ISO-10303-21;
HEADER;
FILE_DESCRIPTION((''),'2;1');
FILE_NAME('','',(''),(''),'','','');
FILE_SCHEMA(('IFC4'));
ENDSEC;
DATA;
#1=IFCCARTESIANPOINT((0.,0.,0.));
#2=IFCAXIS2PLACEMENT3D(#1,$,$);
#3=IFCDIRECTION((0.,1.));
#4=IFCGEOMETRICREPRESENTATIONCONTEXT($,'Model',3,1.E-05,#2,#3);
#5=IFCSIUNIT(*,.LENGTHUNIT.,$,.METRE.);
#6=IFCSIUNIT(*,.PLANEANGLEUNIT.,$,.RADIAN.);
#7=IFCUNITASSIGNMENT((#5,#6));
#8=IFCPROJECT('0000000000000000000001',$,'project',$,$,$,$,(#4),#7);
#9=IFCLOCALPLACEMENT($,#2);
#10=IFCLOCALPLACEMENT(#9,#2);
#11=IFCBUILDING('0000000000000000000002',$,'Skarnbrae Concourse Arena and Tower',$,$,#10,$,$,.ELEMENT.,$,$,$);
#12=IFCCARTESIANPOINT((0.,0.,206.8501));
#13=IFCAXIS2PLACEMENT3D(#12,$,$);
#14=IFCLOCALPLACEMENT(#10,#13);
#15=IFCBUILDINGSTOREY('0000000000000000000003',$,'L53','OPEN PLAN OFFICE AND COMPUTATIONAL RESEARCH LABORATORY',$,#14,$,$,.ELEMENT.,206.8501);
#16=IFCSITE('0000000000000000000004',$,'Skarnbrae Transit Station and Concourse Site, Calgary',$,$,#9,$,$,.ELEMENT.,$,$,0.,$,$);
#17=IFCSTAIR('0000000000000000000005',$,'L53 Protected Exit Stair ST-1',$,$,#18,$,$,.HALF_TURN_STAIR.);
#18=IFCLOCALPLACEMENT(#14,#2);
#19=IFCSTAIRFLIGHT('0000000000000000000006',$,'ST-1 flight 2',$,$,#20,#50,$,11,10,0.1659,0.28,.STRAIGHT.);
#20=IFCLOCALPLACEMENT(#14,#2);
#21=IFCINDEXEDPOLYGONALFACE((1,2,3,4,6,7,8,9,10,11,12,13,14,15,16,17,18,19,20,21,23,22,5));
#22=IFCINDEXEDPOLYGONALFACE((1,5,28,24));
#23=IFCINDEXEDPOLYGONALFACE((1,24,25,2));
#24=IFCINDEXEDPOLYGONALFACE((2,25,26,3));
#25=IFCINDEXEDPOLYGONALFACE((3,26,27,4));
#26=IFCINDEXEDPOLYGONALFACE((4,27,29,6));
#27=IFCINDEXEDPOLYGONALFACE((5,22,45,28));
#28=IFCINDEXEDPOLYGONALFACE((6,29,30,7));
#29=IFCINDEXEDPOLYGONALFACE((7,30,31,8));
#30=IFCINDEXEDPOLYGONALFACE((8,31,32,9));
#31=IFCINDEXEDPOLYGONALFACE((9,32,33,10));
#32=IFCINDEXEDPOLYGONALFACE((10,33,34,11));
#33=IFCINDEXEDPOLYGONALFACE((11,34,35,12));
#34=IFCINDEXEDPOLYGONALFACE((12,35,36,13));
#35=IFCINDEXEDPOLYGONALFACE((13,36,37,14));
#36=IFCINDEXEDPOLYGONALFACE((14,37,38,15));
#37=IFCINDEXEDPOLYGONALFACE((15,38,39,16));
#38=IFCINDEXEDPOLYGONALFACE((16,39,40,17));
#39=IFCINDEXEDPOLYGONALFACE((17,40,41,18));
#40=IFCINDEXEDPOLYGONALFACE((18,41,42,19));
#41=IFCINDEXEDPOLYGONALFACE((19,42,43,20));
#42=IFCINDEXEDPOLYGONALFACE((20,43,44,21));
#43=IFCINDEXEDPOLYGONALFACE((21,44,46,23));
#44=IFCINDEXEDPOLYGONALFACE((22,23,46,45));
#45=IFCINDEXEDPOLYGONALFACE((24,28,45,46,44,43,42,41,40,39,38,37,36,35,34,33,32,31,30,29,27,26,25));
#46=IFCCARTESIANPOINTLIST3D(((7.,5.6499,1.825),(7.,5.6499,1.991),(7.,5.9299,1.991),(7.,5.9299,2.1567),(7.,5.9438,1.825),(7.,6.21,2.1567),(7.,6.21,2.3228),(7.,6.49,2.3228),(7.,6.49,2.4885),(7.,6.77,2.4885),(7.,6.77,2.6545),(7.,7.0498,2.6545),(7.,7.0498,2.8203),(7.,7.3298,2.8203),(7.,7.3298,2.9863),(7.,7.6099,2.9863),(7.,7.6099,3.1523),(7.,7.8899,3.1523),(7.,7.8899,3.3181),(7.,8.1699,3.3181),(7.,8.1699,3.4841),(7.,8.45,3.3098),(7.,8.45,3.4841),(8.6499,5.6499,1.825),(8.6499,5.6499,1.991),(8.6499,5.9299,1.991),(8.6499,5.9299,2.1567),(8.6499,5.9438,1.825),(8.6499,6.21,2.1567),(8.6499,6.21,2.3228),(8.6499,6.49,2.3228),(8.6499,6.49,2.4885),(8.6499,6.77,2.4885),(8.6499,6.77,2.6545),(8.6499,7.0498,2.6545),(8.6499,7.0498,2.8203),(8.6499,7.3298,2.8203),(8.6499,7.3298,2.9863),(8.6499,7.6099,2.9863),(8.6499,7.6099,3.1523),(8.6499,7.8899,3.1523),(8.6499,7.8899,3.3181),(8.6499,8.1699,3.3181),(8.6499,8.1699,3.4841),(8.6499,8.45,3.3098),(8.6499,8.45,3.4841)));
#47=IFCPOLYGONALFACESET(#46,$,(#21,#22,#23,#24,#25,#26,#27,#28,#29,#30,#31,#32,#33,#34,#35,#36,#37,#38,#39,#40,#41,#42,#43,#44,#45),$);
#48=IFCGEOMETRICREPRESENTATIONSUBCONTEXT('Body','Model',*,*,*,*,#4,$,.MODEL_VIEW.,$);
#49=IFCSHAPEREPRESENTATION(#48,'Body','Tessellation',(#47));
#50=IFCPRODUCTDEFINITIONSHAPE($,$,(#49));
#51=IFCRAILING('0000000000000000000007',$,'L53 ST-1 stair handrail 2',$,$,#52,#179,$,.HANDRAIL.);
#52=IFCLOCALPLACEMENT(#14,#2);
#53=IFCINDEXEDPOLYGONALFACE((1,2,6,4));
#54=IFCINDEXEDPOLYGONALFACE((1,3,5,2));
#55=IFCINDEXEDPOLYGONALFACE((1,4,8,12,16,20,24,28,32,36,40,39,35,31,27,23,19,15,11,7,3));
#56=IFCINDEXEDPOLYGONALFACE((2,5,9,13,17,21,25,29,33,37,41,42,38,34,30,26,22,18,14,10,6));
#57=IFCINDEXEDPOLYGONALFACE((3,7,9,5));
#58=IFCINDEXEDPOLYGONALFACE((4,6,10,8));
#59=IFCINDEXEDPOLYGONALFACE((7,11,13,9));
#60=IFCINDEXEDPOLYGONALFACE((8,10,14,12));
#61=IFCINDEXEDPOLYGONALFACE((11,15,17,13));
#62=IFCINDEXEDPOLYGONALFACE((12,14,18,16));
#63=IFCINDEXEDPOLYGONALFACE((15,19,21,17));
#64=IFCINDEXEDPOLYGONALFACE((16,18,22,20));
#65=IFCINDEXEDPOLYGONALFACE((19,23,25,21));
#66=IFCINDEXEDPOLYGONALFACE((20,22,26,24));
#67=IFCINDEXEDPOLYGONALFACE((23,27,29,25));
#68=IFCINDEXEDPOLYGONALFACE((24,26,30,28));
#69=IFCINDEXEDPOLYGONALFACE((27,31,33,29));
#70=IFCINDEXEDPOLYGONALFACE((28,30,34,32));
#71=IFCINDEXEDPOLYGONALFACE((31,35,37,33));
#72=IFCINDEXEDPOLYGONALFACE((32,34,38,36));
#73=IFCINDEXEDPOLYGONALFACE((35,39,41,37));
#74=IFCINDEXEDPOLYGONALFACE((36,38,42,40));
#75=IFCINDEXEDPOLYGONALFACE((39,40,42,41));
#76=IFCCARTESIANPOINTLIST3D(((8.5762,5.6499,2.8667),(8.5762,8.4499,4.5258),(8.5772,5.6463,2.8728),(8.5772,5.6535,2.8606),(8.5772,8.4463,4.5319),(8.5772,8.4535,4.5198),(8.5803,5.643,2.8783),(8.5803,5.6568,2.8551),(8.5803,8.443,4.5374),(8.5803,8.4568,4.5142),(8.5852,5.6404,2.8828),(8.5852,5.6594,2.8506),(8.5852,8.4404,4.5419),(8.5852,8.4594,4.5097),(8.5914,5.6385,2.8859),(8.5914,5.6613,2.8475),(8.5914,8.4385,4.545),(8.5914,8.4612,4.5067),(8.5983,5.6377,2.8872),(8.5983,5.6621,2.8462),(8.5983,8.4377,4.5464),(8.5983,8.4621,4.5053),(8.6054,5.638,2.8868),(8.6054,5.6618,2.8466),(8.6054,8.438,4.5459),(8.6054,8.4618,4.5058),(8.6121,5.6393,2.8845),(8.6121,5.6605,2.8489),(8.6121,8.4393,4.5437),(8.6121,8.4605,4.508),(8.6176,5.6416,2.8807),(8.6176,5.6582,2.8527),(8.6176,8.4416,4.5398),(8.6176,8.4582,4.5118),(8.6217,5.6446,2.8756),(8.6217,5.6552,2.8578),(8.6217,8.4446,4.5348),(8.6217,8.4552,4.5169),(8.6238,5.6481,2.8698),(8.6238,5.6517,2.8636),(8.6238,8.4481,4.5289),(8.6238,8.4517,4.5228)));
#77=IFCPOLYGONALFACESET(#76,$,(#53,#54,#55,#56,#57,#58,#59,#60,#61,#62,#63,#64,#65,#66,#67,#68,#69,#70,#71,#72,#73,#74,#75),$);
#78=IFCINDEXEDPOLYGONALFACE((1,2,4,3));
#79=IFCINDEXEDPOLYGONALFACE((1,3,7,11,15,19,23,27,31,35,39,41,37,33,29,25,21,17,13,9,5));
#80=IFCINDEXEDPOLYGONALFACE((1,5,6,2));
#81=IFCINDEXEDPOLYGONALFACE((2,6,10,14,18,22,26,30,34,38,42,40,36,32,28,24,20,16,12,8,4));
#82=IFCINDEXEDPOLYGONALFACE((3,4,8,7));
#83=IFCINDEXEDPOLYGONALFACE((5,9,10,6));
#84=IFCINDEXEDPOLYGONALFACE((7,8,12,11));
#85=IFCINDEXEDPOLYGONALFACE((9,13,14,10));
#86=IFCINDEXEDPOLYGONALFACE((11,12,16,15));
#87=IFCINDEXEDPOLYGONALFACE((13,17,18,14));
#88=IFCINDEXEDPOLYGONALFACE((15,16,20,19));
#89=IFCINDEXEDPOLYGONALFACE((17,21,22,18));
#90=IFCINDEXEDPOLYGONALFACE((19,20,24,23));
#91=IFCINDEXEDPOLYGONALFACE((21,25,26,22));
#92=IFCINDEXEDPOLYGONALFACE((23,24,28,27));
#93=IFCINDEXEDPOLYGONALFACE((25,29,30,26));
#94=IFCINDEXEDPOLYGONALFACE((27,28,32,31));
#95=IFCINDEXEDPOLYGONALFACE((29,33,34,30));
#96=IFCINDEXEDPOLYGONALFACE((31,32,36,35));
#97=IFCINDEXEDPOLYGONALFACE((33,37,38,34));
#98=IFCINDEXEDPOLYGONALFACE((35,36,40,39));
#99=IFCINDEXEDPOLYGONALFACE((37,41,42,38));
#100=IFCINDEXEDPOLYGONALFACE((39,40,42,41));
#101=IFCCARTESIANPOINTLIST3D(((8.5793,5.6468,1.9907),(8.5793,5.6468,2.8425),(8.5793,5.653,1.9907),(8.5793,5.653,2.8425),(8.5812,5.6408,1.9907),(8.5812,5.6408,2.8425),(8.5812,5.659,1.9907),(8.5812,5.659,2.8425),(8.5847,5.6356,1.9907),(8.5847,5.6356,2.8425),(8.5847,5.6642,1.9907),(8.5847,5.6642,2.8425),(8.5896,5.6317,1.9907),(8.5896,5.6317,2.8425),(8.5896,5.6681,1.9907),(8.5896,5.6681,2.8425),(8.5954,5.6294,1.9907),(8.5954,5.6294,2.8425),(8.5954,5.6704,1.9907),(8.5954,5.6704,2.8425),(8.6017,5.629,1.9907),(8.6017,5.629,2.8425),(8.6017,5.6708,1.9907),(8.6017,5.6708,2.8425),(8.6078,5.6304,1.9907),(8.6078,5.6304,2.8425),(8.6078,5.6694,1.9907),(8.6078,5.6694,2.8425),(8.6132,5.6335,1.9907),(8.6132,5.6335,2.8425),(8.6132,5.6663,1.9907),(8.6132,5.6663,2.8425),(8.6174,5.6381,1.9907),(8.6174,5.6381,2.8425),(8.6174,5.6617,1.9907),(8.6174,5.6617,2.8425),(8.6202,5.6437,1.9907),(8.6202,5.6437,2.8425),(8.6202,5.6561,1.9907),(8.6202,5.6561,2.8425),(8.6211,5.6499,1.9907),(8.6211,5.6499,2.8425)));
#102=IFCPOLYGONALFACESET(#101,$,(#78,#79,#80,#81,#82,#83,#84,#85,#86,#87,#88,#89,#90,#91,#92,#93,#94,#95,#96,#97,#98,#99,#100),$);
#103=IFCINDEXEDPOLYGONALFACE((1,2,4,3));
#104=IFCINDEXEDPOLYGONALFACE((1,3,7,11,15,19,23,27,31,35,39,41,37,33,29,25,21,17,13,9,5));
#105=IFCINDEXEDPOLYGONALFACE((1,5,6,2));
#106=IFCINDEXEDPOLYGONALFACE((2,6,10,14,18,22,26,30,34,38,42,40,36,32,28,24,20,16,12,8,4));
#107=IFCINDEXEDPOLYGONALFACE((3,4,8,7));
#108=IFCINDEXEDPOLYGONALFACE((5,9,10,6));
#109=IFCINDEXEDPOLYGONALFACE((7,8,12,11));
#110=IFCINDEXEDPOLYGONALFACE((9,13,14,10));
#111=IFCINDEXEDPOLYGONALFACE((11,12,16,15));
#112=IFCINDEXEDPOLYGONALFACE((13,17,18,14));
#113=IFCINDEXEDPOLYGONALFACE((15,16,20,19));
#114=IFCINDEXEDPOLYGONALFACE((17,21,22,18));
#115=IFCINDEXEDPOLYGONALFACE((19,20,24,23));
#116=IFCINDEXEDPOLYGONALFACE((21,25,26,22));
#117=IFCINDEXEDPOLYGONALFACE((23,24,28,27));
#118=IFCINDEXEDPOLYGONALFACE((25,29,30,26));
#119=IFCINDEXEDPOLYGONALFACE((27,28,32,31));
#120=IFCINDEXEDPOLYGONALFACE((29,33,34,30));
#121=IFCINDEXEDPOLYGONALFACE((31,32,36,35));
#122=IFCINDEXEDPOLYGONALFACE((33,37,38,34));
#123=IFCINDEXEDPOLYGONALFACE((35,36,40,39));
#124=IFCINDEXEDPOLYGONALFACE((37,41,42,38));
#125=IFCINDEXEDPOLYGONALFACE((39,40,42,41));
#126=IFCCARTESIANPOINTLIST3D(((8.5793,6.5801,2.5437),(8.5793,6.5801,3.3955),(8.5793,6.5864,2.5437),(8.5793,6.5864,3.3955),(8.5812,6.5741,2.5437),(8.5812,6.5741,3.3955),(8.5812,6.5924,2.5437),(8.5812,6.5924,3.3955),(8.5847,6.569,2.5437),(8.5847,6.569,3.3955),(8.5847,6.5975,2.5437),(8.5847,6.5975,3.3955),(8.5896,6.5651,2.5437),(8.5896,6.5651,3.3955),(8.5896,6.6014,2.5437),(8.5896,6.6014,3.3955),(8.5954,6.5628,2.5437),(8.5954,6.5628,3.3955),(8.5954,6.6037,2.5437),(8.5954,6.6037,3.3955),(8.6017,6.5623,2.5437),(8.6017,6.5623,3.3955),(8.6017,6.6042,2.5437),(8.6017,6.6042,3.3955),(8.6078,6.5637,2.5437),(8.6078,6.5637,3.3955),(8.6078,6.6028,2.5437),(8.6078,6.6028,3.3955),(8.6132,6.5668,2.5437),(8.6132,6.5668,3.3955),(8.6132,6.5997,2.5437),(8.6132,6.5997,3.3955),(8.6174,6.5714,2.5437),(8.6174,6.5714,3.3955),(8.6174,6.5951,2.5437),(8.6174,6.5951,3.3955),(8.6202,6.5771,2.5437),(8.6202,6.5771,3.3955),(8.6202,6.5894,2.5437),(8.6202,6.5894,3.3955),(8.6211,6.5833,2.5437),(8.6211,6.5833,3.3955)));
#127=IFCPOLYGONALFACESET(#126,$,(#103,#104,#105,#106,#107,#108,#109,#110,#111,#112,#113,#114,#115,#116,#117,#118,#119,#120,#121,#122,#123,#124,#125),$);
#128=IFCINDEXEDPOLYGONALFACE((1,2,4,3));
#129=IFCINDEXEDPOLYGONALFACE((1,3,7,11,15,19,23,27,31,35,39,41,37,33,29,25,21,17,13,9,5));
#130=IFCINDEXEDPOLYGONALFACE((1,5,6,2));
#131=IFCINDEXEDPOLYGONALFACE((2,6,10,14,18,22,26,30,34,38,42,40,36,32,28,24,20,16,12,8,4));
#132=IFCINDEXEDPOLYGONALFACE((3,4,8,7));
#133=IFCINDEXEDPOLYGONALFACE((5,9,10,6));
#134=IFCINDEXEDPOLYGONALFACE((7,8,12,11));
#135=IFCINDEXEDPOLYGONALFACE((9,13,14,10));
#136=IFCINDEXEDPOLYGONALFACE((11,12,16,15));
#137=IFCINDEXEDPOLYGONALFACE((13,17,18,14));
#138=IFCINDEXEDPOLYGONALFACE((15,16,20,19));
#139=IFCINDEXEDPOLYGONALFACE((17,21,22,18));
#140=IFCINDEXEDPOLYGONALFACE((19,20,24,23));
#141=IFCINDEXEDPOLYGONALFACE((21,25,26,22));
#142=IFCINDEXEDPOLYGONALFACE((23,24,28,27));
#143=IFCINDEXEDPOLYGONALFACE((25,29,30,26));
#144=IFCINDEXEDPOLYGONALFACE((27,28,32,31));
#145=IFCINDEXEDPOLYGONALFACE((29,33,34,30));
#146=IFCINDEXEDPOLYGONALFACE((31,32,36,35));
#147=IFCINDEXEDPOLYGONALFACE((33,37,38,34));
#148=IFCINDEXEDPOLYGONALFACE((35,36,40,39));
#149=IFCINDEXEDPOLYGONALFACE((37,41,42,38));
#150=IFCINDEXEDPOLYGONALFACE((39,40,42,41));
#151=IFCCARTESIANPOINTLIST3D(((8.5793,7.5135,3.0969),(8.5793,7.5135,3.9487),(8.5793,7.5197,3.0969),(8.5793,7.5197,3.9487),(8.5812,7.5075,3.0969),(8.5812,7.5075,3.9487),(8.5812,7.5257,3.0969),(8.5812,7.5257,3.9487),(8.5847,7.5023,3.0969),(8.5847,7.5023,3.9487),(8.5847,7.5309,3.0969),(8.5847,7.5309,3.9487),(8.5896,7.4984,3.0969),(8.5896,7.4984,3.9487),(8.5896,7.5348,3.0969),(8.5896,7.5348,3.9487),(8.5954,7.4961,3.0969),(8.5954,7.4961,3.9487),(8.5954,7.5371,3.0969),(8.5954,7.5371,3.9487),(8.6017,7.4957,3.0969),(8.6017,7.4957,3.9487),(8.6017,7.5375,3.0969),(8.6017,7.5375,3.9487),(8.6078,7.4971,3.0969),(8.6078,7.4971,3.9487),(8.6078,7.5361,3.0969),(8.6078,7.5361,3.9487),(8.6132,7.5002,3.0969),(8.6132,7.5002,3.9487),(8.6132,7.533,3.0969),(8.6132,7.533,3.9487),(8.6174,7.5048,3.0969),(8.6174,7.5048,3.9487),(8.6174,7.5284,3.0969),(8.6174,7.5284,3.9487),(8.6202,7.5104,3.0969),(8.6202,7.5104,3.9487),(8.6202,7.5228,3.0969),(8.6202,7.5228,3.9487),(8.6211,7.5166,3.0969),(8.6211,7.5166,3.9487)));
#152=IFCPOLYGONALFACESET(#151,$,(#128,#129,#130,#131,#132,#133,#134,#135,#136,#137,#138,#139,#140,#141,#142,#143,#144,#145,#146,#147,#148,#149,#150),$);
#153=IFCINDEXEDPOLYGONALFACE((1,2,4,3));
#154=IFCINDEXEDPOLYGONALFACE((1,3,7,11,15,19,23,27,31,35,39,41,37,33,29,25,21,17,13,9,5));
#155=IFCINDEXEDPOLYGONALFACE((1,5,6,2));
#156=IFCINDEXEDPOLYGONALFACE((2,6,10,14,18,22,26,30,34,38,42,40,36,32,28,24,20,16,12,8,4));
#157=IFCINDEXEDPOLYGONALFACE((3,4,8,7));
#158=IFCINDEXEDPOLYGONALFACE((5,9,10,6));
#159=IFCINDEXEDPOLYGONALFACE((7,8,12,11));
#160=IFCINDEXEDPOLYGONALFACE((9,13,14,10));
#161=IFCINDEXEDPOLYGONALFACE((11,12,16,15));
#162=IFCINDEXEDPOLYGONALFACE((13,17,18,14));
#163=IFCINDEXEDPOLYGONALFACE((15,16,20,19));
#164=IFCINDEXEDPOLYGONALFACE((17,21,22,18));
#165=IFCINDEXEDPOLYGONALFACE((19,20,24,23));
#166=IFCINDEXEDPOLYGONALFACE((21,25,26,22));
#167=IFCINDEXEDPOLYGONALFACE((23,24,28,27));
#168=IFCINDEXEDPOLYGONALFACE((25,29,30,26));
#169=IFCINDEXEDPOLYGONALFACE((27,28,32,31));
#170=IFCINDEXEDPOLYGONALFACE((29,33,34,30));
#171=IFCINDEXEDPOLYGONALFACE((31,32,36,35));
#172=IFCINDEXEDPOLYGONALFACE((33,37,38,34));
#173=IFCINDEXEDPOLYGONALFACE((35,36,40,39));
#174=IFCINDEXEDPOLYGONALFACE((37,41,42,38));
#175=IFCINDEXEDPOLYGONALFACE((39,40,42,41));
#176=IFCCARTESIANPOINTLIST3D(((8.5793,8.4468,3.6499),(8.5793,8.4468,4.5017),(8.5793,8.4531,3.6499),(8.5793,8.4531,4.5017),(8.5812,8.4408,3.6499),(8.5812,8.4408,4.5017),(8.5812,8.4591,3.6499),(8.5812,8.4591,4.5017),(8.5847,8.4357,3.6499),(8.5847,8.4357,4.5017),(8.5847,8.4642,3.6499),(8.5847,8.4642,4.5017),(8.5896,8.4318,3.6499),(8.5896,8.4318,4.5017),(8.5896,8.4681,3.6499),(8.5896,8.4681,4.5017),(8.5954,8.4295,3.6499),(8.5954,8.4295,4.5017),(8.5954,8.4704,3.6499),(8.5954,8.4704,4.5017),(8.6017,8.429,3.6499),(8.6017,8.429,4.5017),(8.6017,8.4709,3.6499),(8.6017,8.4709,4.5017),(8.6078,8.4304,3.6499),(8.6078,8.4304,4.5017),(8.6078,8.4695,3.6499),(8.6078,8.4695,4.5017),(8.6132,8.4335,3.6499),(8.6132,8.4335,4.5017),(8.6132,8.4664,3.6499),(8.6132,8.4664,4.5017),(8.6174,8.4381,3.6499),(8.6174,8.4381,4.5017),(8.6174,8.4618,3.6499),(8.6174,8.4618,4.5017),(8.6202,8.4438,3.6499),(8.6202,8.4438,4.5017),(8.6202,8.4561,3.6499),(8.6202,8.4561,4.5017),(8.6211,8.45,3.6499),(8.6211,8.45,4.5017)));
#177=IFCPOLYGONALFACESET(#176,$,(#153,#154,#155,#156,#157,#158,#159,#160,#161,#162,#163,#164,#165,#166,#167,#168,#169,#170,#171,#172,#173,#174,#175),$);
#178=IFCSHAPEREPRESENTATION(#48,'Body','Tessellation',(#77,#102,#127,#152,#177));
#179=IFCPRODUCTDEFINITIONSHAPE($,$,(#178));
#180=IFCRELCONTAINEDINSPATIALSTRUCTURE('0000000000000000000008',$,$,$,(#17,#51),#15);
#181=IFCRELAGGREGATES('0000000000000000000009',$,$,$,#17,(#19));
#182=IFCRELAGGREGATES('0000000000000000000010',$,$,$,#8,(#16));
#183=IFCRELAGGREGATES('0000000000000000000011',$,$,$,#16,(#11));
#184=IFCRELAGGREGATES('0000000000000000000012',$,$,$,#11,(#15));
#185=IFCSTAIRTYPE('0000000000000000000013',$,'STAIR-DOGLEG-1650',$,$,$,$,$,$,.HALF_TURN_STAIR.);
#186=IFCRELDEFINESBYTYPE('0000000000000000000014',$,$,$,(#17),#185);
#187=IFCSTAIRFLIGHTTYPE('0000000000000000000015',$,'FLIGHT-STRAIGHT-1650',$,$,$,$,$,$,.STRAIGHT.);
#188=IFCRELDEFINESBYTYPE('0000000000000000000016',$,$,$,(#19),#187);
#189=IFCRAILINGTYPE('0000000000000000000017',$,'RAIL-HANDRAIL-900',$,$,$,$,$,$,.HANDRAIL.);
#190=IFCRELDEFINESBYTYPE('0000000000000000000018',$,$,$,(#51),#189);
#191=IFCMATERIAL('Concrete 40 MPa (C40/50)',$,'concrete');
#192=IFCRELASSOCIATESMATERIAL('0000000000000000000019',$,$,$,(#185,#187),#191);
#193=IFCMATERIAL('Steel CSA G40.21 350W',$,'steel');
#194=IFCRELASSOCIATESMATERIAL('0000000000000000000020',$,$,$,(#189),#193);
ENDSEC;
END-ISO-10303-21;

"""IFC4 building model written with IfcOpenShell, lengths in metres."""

from ifc_helpers import new_model, si_unit, direction, frame, origin, origin_2d, place, context, subcontext, project, spatial, polyline, circle, outline, extrude, source, transform, mapped, material, type_object, element, aggregate, save


model = new_model("IFC4")

# Units and contexts
model_context = context("Model", 3, precision=1e-05, world=origin(), true_north=direction((0.0, 1.0)))
body_context = subcontext(model_context, "Body", "Model", "MODEL_VIEW")
ifc_project = project(units=[si_unit("LENGTHUNIT", "METRE"), si_unit("PLANEANGLEUNIT", "RADIAN")], contexts=[model_context])

# Site, building, storey
site_placement = place(None, origin())
site = spatial("IfcSite", under=ifc_project, at=site_placement, Name="Skarnbrae Transit Station and Concourse Site, Calgary", CompositionType="ELEMENT", RefElevation=0.0)
building_placement = place(site_placement, origin())
building = spatial("IfcBuilding", under=site, at=building_placement, Name="Skarnbrae Concourse Arena and Tower", CompositionType="ELEMENT")
storey_placement = place(building_placement, frame((0.0, 0.0, 206.8501)))
storey = spatial("IfcBuildingStorey", under=building, at=storey_placement, Name="L53", Description="OPEN PLAN OFFICE AND COMPUTATIONAL RESEARCH LABORATORY", CompositionType="ELEMENT", Elevation=206.8501)

# Shared definitions
ifc_material_1 = material(Name="Steel CSA G40.21 350W", Category="steel")

# Stair, stair flight
ifc_material_2 = material(Name="Concrete 40 MPa (C40/50)", Category="concrete")
stair_type = type_object("IfcStairType", Name="STAIR-DOGLEG-1650", PredefinedType="HALF_TURN_STAIR", material=ifc_material_2)
stair_placement = place(storey_placement, origin())
stair = element("IfcStair", 1, at=stair_placement, inside=storey, type_object=stair_type, Name="L53 Protected Exit Stair ST-1", PredefinedType="HALF_TURN_STAIR")
stair_flight_type = type_object("IfcStairFlightType", Name="FLIGHT-STRAIGHT-1650", PredefinedType="STRAIGHT", material=ifc_material_2)
shared_shape_1 = source(origin(), body_context, "Body", "SweptSolid", [
    extrude(outline(polyline([(0.0, 0.0), (0.0, 0.166), (0.28, 0.166), (0.28, 0.3318), (0.5601, 0.3318), (0.5601, 0.4978), (0.8401, 0.4978), (0.8401, 0.6636), (1.1201, 0.6636), (1.1201, 0.8296), (1.3999, 0.8296), (1.3999, 0.9954), (1.6799, 0.9954), (1.6799, 1.1614), (1.96, 1.1614), (1.96, 1.3274), (2.24, 1.3274), (2.24, 1.4932), (2.52, 1.4932), (2.52, 1.6592), (2.8, 1.6592), (2.8, 1.825), (2.8, 1.4849), (0.2939, 0.0), (0.0, 0.0)])), frame((0.0, 0.825, 0.0), z_axis=(0.0, -1.0, 0.0), x_axis=(1.0, 0.0, 0.0)), (0.0, 0.0, 1.0), 1.6499),
])
stair_flight_placement = place(storey_placement, frame((7.825, 5.6499, 1.825), z_axis=(0.0, 0.0, 1.0), x_axis=(0.0, 1.0, 0.0)))
stair_flight = element("IfcStairFlight", 2, at=stair_flight_placement, type_object=stair_flight_type, Name="ST-1 flight 2", NumberOfRisers=11, NumberOfTreads=10, PredefinedType="STRAIGHT", RiserHeight=0.1659, TreadLength=0.28, context=body_context, shape_type="MappedRepresentation", body=[
    mapped(shared_shape_1, transform((0.0, 0.0, 0.0))),
])
aggregate(stair, [stair_flight])

# Railing
railing_type_1 = type_object("IfcRailingType", Name="RAIL-HANDRAIL-900", PredefinedType="HANDRAIL", material=ifc_material_1)
railing_1_placement = place(storey_placement, frame((8.6001, 5.6499, 1.9907)))
element("IfcRailing", 3, at=railing_1_placement, inside=storey, type_object=railing_type_1, Name="L53 ST-1 stair handrail 2", PredefinedType="HANDRAIL", context=body_context, shape_type="SweptSolid", body=[
    extrude(circle(Radius=0.0239, at=origin_2d()), frame((0.0, 0.0, 0.876), z_axis=(0.0, 0.860306, 0.509778), x_axis=(-1.0, 0.0, 0.0)), (0.0, 0.0, 1.0), 3.2546),
    extrude(circle(Radius=0.021, at=origin_2d()), origin(), (0.0, 0.0, 1.0), 0.8518),
    extrude(circle(Radius=0.021, at=origin_2d()), frame((0.0, 0.9333, 0.553)), (0.0, 0.0, 1.0), 0.8518),
    extrude(circle(Radius=0.021, at=origin_2d()), frame((0.0, 1.8667, 1.1062)), (0.0, 0.0, 1.0), 0.8518),
    extrude(circle(Radius=0.021, at=origin_2d()), frame((0.0, 2.8, 1.6592)), (0.0, 0.0, 1.0), 0.8518),
])

save(model, "model.ifc")
